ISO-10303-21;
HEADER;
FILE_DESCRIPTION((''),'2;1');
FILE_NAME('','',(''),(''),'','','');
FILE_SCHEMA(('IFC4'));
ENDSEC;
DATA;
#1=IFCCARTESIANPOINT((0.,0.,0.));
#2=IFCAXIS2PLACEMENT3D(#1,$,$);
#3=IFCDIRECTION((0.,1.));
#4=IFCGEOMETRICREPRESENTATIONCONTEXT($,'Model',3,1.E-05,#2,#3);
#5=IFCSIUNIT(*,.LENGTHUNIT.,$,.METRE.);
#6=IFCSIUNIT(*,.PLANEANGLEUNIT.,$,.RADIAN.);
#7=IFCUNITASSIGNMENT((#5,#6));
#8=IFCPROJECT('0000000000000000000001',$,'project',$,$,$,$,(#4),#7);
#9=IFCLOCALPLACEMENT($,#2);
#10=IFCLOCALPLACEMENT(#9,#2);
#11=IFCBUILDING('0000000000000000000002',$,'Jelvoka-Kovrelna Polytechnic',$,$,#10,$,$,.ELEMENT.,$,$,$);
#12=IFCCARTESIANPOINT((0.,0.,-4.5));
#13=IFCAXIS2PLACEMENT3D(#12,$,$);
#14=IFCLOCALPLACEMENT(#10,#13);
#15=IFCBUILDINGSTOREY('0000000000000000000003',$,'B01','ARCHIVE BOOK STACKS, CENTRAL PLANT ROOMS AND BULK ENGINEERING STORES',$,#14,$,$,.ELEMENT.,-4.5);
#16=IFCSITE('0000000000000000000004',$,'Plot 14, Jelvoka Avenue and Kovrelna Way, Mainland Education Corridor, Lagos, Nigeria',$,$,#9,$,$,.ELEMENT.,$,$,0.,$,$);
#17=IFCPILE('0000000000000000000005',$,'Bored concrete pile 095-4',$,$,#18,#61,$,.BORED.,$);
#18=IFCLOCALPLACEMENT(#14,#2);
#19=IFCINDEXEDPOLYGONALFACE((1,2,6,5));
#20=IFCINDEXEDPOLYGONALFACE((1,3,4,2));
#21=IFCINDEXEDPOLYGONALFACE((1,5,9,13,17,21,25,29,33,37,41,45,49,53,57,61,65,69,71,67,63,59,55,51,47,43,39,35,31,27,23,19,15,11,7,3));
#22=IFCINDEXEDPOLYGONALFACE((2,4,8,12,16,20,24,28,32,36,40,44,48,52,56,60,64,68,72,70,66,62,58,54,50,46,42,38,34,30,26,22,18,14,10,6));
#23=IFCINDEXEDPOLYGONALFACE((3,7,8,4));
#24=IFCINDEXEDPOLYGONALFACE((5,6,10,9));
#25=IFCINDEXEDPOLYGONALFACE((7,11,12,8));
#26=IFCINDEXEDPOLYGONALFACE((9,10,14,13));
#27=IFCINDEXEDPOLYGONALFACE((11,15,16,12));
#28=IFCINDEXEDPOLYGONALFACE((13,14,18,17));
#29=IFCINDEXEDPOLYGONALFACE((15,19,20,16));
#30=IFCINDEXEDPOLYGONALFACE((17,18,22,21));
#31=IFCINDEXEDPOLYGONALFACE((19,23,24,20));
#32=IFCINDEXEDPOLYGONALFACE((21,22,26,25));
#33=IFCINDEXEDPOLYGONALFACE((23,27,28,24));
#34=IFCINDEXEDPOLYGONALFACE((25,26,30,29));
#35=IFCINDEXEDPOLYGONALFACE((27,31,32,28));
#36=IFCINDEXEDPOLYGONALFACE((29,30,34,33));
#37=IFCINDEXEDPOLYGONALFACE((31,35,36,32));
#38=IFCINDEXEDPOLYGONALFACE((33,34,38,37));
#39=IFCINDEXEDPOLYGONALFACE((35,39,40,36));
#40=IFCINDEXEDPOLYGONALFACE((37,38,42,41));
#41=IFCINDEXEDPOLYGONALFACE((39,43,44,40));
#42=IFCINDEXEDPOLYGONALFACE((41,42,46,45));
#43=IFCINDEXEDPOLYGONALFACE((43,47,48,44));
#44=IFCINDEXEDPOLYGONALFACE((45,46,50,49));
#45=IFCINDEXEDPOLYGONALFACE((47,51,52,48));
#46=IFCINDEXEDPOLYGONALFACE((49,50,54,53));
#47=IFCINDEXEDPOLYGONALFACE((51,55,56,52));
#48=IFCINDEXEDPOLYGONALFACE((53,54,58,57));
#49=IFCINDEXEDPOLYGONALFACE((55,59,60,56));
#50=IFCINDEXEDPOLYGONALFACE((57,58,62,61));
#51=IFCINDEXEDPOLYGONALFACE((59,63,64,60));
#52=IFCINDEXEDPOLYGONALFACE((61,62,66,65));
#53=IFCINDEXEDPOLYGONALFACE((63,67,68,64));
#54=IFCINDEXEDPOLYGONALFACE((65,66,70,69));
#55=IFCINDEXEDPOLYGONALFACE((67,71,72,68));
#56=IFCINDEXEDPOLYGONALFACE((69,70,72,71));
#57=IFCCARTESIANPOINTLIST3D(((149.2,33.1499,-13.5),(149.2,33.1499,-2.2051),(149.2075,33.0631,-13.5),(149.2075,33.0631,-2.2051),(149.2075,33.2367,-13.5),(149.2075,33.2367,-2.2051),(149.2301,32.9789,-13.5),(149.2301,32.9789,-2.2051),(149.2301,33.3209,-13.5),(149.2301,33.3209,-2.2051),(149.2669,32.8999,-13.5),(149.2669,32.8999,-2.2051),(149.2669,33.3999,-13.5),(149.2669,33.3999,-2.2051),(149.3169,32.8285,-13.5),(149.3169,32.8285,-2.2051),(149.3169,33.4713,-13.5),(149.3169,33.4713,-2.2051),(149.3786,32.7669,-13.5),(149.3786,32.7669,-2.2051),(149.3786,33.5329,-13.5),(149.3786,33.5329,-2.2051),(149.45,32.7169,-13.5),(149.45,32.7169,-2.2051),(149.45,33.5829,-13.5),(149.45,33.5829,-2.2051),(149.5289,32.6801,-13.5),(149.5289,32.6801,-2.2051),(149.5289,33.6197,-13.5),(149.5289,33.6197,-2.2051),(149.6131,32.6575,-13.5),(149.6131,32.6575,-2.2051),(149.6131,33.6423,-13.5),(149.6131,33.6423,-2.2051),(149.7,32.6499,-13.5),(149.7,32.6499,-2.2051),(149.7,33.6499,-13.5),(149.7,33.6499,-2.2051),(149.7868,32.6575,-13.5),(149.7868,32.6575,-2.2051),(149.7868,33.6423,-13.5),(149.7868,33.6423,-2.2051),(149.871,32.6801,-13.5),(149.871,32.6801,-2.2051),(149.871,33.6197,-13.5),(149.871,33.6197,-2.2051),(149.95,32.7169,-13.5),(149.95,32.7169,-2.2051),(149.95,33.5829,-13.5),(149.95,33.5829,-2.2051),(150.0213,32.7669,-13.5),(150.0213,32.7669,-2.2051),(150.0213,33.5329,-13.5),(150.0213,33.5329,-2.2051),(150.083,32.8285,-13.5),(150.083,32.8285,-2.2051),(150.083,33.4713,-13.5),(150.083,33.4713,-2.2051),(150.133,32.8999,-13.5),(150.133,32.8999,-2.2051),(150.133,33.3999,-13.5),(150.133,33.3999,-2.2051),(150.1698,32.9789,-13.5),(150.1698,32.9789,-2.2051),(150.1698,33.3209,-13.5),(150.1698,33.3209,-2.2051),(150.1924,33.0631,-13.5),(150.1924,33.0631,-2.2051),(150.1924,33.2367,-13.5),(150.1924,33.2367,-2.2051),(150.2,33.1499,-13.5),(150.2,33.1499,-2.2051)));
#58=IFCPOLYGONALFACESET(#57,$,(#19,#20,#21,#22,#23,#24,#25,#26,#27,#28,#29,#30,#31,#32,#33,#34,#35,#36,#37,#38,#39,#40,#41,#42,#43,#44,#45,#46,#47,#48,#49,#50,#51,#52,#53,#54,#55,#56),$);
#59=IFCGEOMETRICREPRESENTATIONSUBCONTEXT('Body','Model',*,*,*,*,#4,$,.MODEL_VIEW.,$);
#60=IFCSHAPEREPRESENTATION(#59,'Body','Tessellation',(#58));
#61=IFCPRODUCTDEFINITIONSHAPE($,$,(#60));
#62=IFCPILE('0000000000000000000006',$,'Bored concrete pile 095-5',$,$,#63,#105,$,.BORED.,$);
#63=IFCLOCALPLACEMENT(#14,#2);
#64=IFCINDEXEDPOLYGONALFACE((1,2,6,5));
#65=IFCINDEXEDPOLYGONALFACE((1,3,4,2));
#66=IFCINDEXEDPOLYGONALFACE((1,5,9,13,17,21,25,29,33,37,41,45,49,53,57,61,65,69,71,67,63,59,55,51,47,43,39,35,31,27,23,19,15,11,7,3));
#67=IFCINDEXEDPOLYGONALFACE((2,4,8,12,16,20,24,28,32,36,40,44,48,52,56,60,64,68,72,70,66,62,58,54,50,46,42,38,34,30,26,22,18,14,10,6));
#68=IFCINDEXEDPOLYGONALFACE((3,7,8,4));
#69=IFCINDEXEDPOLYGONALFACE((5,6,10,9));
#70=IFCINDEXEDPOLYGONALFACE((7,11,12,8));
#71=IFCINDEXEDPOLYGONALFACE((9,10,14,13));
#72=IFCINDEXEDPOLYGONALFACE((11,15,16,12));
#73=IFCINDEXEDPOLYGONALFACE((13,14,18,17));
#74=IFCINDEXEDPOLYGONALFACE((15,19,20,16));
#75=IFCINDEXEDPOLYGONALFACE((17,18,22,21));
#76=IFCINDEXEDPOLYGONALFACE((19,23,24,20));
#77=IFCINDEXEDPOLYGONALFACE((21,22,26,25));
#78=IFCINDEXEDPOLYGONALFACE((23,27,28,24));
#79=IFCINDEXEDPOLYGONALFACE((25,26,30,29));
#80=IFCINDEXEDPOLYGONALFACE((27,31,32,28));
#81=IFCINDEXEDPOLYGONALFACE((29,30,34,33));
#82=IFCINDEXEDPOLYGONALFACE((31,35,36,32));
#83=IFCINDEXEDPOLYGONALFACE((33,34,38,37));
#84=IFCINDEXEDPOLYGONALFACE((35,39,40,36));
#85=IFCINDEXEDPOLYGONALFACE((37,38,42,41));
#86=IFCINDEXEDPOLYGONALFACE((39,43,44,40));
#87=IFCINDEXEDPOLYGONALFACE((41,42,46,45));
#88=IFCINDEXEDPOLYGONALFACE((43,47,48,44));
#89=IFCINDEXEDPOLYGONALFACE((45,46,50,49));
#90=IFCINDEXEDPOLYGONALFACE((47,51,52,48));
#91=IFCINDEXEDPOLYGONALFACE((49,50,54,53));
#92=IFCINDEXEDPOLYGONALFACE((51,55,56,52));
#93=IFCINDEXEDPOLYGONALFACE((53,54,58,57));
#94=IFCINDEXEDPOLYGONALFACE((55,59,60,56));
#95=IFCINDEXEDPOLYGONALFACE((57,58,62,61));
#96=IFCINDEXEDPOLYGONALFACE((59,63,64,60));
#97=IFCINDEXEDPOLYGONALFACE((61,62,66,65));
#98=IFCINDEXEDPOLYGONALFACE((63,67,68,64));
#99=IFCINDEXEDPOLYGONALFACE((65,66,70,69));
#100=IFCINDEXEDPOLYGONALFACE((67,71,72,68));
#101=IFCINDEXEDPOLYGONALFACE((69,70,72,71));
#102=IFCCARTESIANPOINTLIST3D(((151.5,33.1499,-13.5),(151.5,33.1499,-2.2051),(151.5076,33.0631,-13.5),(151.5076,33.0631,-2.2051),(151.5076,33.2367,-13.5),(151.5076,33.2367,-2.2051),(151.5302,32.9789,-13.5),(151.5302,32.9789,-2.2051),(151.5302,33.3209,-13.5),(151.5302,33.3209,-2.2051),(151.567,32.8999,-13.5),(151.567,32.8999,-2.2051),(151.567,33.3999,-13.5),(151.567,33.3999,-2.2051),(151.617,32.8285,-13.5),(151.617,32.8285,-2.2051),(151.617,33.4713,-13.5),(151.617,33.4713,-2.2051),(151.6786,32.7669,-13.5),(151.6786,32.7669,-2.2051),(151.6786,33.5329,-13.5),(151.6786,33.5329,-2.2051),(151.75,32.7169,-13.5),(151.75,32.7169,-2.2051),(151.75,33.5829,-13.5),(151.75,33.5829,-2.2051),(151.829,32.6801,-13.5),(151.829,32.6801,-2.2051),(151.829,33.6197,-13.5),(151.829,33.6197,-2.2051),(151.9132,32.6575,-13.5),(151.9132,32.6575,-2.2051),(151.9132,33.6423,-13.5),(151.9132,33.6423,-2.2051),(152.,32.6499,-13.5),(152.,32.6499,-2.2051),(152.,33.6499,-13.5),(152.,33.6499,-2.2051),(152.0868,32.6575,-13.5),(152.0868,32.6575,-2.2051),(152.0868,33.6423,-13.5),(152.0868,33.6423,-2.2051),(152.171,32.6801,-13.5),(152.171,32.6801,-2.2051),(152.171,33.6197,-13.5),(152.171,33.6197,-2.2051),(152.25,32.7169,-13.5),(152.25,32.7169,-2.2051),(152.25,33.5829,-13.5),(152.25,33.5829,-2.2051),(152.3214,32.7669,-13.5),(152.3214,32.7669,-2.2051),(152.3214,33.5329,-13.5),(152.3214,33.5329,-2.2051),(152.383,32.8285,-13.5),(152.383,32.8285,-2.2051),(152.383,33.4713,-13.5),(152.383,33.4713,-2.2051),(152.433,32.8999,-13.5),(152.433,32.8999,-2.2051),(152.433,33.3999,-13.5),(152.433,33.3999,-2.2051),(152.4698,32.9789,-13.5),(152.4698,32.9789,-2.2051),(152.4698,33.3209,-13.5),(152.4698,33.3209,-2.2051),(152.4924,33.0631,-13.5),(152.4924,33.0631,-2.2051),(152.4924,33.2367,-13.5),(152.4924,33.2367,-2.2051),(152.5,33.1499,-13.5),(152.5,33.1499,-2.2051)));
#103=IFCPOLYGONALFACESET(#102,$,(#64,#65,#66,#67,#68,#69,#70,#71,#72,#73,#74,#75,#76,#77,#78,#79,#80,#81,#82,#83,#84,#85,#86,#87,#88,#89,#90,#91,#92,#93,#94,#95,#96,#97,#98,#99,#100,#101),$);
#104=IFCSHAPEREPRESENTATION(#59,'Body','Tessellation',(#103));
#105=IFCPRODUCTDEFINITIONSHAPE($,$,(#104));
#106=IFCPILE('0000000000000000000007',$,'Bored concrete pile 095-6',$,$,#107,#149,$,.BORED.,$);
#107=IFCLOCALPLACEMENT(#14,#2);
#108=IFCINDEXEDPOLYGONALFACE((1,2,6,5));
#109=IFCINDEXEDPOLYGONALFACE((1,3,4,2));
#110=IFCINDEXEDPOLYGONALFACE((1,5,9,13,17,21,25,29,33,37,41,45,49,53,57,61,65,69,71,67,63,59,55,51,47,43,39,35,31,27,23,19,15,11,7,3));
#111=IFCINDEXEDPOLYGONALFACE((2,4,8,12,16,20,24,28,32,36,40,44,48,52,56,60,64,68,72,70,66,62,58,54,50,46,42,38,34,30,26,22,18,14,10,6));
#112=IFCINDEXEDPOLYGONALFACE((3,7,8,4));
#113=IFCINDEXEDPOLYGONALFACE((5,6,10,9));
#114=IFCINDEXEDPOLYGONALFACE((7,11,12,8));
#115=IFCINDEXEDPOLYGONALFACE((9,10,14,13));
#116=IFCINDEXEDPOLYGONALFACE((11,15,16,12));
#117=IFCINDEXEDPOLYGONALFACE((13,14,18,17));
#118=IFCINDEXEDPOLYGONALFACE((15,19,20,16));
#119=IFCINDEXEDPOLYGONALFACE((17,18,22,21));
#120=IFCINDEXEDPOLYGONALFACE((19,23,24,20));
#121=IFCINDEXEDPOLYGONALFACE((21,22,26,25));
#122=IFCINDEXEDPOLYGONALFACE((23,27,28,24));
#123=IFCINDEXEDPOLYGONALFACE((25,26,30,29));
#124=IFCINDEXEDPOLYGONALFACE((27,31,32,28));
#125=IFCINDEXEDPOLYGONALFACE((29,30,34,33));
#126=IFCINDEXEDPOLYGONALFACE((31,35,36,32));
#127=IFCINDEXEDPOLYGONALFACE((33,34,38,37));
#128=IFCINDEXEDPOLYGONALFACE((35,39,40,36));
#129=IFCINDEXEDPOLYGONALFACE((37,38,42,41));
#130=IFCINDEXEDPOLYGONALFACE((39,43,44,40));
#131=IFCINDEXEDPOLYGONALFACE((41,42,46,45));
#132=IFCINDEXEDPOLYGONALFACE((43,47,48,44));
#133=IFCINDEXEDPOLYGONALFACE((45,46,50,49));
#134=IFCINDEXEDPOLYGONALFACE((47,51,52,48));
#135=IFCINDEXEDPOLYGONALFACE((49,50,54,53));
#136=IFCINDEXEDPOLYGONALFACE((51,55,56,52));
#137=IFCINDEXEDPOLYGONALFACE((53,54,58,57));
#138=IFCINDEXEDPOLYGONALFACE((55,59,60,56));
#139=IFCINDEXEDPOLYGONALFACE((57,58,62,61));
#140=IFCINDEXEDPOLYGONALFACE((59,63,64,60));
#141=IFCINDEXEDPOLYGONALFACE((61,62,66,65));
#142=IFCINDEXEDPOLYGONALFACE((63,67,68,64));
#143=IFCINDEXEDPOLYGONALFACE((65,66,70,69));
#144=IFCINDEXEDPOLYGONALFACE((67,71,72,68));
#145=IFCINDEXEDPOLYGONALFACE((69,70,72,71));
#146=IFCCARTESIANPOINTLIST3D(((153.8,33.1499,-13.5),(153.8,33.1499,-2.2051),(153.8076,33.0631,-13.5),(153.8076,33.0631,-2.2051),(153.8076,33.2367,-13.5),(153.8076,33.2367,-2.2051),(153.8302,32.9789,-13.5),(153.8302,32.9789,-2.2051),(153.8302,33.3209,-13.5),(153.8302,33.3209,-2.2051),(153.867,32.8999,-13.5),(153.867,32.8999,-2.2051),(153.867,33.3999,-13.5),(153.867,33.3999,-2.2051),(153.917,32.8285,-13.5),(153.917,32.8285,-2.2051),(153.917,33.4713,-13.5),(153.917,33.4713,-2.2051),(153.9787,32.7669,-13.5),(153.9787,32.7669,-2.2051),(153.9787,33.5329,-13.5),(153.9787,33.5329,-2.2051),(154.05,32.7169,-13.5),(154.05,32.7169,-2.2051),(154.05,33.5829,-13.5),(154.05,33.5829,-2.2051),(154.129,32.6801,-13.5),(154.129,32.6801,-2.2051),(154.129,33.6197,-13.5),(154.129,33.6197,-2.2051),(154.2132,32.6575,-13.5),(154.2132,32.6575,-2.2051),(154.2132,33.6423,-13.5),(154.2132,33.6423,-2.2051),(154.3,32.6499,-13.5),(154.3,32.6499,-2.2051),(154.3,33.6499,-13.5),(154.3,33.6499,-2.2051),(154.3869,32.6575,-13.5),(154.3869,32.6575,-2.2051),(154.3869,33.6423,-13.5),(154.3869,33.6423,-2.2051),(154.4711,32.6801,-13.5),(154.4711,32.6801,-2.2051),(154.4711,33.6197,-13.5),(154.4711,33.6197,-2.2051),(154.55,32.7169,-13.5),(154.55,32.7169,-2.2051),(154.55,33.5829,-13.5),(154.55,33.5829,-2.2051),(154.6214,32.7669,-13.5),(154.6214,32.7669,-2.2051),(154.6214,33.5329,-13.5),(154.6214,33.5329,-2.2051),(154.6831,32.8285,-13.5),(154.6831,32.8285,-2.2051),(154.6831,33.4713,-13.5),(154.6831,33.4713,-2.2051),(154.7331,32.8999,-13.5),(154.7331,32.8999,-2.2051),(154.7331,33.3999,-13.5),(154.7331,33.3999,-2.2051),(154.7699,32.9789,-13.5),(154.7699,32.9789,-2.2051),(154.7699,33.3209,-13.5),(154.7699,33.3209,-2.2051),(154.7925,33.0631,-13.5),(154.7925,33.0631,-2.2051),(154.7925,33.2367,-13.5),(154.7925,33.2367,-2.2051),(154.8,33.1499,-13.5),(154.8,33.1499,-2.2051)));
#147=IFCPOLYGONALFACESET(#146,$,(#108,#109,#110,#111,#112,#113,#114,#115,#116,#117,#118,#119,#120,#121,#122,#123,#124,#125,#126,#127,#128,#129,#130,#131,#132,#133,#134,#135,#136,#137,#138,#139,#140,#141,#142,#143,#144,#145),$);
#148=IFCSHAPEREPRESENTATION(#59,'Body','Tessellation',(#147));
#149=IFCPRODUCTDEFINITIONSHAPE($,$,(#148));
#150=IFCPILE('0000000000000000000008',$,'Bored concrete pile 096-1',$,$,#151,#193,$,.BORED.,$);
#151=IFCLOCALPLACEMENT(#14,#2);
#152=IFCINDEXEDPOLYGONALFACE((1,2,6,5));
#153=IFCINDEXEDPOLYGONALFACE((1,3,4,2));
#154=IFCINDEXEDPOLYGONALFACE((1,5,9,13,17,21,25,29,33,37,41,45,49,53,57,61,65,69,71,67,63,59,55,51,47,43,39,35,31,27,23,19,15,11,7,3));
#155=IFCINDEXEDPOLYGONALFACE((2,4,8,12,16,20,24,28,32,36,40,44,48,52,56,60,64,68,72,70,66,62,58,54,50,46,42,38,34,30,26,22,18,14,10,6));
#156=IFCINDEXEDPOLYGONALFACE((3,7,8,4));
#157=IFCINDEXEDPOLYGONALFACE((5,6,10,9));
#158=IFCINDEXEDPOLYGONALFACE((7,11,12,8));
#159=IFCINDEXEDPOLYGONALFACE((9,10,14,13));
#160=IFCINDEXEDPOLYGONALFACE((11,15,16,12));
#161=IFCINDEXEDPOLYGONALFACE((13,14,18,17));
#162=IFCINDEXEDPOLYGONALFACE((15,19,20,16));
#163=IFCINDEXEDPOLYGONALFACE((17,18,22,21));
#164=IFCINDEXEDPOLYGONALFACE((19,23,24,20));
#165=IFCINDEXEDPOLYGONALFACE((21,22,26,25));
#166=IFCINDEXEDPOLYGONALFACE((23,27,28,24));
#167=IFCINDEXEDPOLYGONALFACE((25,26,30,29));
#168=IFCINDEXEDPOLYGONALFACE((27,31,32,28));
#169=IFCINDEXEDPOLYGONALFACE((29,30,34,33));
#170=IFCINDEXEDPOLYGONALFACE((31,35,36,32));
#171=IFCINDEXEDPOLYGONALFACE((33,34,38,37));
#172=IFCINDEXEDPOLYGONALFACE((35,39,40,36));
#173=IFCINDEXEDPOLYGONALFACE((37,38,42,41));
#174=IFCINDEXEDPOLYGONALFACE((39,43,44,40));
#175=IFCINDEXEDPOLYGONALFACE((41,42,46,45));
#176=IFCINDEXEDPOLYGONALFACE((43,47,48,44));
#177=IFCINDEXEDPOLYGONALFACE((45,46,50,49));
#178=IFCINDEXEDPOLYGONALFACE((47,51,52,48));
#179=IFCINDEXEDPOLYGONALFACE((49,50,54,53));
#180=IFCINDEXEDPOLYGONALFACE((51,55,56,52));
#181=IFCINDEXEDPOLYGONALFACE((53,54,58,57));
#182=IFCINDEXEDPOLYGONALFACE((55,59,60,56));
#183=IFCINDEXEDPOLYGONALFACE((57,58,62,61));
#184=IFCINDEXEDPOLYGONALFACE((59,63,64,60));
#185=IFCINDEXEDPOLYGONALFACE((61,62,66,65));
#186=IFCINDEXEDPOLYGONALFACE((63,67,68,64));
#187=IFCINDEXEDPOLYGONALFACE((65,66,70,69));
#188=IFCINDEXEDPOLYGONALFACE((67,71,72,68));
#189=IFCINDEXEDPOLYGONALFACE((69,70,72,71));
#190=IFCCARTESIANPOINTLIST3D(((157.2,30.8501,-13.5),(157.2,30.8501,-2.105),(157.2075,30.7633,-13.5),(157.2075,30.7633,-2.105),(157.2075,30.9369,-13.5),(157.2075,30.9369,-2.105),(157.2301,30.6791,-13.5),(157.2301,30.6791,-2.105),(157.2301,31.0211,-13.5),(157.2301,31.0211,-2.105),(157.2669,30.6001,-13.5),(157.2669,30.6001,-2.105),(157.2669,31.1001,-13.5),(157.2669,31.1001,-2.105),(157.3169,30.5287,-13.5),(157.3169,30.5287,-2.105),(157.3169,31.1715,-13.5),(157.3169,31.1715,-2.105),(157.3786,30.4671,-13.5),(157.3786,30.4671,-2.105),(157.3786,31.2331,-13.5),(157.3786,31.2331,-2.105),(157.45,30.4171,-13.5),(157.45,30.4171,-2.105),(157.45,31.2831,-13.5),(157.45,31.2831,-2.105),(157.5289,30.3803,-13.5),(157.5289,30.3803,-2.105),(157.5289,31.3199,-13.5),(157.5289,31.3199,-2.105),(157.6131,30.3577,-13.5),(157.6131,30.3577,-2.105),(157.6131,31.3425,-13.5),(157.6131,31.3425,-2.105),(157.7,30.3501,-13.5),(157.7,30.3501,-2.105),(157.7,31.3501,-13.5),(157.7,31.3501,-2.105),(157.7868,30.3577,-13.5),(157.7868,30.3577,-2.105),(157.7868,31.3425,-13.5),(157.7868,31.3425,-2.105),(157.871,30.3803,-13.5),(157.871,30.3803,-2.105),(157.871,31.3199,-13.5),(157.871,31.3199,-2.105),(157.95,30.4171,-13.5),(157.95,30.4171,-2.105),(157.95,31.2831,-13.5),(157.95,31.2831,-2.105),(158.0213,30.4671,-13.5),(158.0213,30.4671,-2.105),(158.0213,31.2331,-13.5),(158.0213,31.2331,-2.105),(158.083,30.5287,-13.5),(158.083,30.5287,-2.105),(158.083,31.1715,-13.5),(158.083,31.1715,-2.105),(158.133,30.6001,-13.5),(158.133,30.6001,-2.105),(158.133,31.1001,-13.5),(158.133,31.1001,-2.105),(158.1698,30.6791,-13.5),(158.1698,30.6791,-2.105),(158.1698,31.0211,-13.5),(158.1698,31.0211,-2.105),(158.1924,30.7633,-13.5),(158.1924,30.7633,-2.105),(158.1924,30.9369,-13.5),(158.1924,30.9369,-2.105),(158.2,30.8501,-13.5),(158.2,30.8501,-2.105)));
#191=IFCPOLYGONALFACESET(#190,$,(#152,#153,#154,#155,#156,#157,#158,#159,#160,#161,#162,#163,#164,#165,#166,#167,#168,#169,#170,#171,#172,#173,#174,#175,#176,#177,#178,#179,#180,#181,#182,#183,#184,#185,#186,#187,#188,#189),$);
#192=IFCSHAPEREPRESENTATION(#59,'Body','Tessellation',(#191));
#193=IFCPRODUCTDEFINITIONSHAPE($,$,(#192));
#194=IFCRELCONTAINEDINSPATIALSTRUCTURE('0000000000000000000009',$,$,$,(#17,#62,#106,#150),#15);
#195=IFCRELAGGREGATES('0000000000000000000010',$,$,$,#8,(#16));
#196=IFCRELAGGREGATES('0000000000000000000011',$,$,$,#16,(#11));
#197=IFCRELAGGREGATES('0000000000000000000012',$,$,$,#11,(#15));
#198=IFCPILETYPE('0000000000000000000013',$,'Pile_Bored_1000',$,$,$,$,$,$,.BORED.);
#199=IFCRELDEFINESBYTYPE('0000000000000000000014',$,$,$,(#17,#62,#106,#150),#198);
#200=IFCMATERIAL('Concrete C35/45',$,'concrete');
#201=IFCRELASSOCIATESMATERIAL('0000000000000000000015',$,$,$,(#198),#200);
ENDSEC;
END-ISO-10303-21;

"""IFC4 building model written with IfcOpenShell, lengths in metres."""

from ifc_helpers import new_model, si_unit, direction, frame, origin, origin_2d, place, context, subcontext, project, spatial, circle, extrude, material, material_profile, profile_set, type_object, element, save


model = new_model("IFC4")

# Units and contexts
model_context = context("Model", 3, precision=1e-05, world=origin(), true_north=direction((0.0, 1.0)))
body_context = subcontext(model_context, "Body", "Model", "MODEL_VIEW")
ifc_project = project(units=[si_unit("LENGTHUNIT", "METRE"), si_unit("PLANEANGLEUNIT", "RADIAN")], contexts=[model_context])

# Site, building, storey
site_placement = place(None, origin())
site = spatial("IfcSite", under=ifc_project, at=site_placement, Name="Plot 14, Jelvoka Avenue and Kovrelna Way, Mainland Education Corridor, Lagos, Nigeria", CompositionType="ELEMENT", RefElevation=0.0)
building_placement = place(site_placement, origin())
building = spatial("IfcBuilding", under=site, at=building_placement, Name="Jelvoka-Kovrelna Polytechnic", CompositionType="ELEMENT")
storey_placement = place(building_placement, frame((0.0, 0.0, -4.5)))
storey = spatial("IfcBuildingStorey", under=building, at=storey_placement, Name="B01", Description="ARCHIVE BOOK STACKS, CENTRAL PLANT ROOMS AND BULK ENGINEERING STORES", CompositionType="ELEMENT", Elevation=-4.5)

# Piles
ifc_material_1 = material(Name="Concrete C35/45", Category="concrete")
ifc_material_profile_1 = material_profile(ifc_material_1, circle(Radius=0.5, at=origin_2d()), Name="PILE D1000")
ifc_profile_set_1 = profile_set([ifc_material_profile_1], Name="Concrete C35/45")
pile_type = type_object("IfcPileType", Name="Pile_Bored_1000", PredefinedType="BORED", material=ifc_profile_set_1)
for number, where, z_axis, x_axis, name in (
    (1, (149.7, 33.1499, -2.2051), (0.0, 0.0, -1.0), (1.0, 0.0, 0.0), "Bored concrete pile 095-4"),
    (2, (152.0, 33.1499, -2.2051), (0.0, 0.0, -1.0), (1.0, 0.0, 0.0), "Bored concrete pile 095-5"),
    (3, (154.3, 33.1499, -2.2051), (0.0, 0.0, -1.0), (1.0, 0.0, 0.0), "Bored concrete pile 095-6"),
):
    element("IfcPile", number, at=place(storey_placement, frame(where, z_axis=z_axis, x_axis=x_axis)), inside=storey, type_object=pile_type, Name=name, PredefinedType="BORED", context=body_context, shape_type="SweptSolid", body=[
        extrude(circle(Radius=0.5, at=origin_2d()), origin(), (0.0, 0.0, 1.0), 11.2949),
    ])
for number, where, z_axis, x_axis, name in (
    (4, (157.7, 30.8501, -2.105), (0.0, 0.0, -1.0), (1.0, 0.0, 0.0), "Bored concrete pile 096-1"),
):
    element("IfcPile", number, at=place(storey_placement, frame(where, z_axis=z_axis, x_axis=x_axis)), inside=storey, type_object=pile_type, Name=name, PredefinedType="BORED", context=body_context, shape_type="SweptSolid", body=[
        extrude(circle(Radius=0.5, at=origin_2d()), origin(), (0.0, 0.0, 1.0), 11.395),
    ])

save(model, "model.ifc")
